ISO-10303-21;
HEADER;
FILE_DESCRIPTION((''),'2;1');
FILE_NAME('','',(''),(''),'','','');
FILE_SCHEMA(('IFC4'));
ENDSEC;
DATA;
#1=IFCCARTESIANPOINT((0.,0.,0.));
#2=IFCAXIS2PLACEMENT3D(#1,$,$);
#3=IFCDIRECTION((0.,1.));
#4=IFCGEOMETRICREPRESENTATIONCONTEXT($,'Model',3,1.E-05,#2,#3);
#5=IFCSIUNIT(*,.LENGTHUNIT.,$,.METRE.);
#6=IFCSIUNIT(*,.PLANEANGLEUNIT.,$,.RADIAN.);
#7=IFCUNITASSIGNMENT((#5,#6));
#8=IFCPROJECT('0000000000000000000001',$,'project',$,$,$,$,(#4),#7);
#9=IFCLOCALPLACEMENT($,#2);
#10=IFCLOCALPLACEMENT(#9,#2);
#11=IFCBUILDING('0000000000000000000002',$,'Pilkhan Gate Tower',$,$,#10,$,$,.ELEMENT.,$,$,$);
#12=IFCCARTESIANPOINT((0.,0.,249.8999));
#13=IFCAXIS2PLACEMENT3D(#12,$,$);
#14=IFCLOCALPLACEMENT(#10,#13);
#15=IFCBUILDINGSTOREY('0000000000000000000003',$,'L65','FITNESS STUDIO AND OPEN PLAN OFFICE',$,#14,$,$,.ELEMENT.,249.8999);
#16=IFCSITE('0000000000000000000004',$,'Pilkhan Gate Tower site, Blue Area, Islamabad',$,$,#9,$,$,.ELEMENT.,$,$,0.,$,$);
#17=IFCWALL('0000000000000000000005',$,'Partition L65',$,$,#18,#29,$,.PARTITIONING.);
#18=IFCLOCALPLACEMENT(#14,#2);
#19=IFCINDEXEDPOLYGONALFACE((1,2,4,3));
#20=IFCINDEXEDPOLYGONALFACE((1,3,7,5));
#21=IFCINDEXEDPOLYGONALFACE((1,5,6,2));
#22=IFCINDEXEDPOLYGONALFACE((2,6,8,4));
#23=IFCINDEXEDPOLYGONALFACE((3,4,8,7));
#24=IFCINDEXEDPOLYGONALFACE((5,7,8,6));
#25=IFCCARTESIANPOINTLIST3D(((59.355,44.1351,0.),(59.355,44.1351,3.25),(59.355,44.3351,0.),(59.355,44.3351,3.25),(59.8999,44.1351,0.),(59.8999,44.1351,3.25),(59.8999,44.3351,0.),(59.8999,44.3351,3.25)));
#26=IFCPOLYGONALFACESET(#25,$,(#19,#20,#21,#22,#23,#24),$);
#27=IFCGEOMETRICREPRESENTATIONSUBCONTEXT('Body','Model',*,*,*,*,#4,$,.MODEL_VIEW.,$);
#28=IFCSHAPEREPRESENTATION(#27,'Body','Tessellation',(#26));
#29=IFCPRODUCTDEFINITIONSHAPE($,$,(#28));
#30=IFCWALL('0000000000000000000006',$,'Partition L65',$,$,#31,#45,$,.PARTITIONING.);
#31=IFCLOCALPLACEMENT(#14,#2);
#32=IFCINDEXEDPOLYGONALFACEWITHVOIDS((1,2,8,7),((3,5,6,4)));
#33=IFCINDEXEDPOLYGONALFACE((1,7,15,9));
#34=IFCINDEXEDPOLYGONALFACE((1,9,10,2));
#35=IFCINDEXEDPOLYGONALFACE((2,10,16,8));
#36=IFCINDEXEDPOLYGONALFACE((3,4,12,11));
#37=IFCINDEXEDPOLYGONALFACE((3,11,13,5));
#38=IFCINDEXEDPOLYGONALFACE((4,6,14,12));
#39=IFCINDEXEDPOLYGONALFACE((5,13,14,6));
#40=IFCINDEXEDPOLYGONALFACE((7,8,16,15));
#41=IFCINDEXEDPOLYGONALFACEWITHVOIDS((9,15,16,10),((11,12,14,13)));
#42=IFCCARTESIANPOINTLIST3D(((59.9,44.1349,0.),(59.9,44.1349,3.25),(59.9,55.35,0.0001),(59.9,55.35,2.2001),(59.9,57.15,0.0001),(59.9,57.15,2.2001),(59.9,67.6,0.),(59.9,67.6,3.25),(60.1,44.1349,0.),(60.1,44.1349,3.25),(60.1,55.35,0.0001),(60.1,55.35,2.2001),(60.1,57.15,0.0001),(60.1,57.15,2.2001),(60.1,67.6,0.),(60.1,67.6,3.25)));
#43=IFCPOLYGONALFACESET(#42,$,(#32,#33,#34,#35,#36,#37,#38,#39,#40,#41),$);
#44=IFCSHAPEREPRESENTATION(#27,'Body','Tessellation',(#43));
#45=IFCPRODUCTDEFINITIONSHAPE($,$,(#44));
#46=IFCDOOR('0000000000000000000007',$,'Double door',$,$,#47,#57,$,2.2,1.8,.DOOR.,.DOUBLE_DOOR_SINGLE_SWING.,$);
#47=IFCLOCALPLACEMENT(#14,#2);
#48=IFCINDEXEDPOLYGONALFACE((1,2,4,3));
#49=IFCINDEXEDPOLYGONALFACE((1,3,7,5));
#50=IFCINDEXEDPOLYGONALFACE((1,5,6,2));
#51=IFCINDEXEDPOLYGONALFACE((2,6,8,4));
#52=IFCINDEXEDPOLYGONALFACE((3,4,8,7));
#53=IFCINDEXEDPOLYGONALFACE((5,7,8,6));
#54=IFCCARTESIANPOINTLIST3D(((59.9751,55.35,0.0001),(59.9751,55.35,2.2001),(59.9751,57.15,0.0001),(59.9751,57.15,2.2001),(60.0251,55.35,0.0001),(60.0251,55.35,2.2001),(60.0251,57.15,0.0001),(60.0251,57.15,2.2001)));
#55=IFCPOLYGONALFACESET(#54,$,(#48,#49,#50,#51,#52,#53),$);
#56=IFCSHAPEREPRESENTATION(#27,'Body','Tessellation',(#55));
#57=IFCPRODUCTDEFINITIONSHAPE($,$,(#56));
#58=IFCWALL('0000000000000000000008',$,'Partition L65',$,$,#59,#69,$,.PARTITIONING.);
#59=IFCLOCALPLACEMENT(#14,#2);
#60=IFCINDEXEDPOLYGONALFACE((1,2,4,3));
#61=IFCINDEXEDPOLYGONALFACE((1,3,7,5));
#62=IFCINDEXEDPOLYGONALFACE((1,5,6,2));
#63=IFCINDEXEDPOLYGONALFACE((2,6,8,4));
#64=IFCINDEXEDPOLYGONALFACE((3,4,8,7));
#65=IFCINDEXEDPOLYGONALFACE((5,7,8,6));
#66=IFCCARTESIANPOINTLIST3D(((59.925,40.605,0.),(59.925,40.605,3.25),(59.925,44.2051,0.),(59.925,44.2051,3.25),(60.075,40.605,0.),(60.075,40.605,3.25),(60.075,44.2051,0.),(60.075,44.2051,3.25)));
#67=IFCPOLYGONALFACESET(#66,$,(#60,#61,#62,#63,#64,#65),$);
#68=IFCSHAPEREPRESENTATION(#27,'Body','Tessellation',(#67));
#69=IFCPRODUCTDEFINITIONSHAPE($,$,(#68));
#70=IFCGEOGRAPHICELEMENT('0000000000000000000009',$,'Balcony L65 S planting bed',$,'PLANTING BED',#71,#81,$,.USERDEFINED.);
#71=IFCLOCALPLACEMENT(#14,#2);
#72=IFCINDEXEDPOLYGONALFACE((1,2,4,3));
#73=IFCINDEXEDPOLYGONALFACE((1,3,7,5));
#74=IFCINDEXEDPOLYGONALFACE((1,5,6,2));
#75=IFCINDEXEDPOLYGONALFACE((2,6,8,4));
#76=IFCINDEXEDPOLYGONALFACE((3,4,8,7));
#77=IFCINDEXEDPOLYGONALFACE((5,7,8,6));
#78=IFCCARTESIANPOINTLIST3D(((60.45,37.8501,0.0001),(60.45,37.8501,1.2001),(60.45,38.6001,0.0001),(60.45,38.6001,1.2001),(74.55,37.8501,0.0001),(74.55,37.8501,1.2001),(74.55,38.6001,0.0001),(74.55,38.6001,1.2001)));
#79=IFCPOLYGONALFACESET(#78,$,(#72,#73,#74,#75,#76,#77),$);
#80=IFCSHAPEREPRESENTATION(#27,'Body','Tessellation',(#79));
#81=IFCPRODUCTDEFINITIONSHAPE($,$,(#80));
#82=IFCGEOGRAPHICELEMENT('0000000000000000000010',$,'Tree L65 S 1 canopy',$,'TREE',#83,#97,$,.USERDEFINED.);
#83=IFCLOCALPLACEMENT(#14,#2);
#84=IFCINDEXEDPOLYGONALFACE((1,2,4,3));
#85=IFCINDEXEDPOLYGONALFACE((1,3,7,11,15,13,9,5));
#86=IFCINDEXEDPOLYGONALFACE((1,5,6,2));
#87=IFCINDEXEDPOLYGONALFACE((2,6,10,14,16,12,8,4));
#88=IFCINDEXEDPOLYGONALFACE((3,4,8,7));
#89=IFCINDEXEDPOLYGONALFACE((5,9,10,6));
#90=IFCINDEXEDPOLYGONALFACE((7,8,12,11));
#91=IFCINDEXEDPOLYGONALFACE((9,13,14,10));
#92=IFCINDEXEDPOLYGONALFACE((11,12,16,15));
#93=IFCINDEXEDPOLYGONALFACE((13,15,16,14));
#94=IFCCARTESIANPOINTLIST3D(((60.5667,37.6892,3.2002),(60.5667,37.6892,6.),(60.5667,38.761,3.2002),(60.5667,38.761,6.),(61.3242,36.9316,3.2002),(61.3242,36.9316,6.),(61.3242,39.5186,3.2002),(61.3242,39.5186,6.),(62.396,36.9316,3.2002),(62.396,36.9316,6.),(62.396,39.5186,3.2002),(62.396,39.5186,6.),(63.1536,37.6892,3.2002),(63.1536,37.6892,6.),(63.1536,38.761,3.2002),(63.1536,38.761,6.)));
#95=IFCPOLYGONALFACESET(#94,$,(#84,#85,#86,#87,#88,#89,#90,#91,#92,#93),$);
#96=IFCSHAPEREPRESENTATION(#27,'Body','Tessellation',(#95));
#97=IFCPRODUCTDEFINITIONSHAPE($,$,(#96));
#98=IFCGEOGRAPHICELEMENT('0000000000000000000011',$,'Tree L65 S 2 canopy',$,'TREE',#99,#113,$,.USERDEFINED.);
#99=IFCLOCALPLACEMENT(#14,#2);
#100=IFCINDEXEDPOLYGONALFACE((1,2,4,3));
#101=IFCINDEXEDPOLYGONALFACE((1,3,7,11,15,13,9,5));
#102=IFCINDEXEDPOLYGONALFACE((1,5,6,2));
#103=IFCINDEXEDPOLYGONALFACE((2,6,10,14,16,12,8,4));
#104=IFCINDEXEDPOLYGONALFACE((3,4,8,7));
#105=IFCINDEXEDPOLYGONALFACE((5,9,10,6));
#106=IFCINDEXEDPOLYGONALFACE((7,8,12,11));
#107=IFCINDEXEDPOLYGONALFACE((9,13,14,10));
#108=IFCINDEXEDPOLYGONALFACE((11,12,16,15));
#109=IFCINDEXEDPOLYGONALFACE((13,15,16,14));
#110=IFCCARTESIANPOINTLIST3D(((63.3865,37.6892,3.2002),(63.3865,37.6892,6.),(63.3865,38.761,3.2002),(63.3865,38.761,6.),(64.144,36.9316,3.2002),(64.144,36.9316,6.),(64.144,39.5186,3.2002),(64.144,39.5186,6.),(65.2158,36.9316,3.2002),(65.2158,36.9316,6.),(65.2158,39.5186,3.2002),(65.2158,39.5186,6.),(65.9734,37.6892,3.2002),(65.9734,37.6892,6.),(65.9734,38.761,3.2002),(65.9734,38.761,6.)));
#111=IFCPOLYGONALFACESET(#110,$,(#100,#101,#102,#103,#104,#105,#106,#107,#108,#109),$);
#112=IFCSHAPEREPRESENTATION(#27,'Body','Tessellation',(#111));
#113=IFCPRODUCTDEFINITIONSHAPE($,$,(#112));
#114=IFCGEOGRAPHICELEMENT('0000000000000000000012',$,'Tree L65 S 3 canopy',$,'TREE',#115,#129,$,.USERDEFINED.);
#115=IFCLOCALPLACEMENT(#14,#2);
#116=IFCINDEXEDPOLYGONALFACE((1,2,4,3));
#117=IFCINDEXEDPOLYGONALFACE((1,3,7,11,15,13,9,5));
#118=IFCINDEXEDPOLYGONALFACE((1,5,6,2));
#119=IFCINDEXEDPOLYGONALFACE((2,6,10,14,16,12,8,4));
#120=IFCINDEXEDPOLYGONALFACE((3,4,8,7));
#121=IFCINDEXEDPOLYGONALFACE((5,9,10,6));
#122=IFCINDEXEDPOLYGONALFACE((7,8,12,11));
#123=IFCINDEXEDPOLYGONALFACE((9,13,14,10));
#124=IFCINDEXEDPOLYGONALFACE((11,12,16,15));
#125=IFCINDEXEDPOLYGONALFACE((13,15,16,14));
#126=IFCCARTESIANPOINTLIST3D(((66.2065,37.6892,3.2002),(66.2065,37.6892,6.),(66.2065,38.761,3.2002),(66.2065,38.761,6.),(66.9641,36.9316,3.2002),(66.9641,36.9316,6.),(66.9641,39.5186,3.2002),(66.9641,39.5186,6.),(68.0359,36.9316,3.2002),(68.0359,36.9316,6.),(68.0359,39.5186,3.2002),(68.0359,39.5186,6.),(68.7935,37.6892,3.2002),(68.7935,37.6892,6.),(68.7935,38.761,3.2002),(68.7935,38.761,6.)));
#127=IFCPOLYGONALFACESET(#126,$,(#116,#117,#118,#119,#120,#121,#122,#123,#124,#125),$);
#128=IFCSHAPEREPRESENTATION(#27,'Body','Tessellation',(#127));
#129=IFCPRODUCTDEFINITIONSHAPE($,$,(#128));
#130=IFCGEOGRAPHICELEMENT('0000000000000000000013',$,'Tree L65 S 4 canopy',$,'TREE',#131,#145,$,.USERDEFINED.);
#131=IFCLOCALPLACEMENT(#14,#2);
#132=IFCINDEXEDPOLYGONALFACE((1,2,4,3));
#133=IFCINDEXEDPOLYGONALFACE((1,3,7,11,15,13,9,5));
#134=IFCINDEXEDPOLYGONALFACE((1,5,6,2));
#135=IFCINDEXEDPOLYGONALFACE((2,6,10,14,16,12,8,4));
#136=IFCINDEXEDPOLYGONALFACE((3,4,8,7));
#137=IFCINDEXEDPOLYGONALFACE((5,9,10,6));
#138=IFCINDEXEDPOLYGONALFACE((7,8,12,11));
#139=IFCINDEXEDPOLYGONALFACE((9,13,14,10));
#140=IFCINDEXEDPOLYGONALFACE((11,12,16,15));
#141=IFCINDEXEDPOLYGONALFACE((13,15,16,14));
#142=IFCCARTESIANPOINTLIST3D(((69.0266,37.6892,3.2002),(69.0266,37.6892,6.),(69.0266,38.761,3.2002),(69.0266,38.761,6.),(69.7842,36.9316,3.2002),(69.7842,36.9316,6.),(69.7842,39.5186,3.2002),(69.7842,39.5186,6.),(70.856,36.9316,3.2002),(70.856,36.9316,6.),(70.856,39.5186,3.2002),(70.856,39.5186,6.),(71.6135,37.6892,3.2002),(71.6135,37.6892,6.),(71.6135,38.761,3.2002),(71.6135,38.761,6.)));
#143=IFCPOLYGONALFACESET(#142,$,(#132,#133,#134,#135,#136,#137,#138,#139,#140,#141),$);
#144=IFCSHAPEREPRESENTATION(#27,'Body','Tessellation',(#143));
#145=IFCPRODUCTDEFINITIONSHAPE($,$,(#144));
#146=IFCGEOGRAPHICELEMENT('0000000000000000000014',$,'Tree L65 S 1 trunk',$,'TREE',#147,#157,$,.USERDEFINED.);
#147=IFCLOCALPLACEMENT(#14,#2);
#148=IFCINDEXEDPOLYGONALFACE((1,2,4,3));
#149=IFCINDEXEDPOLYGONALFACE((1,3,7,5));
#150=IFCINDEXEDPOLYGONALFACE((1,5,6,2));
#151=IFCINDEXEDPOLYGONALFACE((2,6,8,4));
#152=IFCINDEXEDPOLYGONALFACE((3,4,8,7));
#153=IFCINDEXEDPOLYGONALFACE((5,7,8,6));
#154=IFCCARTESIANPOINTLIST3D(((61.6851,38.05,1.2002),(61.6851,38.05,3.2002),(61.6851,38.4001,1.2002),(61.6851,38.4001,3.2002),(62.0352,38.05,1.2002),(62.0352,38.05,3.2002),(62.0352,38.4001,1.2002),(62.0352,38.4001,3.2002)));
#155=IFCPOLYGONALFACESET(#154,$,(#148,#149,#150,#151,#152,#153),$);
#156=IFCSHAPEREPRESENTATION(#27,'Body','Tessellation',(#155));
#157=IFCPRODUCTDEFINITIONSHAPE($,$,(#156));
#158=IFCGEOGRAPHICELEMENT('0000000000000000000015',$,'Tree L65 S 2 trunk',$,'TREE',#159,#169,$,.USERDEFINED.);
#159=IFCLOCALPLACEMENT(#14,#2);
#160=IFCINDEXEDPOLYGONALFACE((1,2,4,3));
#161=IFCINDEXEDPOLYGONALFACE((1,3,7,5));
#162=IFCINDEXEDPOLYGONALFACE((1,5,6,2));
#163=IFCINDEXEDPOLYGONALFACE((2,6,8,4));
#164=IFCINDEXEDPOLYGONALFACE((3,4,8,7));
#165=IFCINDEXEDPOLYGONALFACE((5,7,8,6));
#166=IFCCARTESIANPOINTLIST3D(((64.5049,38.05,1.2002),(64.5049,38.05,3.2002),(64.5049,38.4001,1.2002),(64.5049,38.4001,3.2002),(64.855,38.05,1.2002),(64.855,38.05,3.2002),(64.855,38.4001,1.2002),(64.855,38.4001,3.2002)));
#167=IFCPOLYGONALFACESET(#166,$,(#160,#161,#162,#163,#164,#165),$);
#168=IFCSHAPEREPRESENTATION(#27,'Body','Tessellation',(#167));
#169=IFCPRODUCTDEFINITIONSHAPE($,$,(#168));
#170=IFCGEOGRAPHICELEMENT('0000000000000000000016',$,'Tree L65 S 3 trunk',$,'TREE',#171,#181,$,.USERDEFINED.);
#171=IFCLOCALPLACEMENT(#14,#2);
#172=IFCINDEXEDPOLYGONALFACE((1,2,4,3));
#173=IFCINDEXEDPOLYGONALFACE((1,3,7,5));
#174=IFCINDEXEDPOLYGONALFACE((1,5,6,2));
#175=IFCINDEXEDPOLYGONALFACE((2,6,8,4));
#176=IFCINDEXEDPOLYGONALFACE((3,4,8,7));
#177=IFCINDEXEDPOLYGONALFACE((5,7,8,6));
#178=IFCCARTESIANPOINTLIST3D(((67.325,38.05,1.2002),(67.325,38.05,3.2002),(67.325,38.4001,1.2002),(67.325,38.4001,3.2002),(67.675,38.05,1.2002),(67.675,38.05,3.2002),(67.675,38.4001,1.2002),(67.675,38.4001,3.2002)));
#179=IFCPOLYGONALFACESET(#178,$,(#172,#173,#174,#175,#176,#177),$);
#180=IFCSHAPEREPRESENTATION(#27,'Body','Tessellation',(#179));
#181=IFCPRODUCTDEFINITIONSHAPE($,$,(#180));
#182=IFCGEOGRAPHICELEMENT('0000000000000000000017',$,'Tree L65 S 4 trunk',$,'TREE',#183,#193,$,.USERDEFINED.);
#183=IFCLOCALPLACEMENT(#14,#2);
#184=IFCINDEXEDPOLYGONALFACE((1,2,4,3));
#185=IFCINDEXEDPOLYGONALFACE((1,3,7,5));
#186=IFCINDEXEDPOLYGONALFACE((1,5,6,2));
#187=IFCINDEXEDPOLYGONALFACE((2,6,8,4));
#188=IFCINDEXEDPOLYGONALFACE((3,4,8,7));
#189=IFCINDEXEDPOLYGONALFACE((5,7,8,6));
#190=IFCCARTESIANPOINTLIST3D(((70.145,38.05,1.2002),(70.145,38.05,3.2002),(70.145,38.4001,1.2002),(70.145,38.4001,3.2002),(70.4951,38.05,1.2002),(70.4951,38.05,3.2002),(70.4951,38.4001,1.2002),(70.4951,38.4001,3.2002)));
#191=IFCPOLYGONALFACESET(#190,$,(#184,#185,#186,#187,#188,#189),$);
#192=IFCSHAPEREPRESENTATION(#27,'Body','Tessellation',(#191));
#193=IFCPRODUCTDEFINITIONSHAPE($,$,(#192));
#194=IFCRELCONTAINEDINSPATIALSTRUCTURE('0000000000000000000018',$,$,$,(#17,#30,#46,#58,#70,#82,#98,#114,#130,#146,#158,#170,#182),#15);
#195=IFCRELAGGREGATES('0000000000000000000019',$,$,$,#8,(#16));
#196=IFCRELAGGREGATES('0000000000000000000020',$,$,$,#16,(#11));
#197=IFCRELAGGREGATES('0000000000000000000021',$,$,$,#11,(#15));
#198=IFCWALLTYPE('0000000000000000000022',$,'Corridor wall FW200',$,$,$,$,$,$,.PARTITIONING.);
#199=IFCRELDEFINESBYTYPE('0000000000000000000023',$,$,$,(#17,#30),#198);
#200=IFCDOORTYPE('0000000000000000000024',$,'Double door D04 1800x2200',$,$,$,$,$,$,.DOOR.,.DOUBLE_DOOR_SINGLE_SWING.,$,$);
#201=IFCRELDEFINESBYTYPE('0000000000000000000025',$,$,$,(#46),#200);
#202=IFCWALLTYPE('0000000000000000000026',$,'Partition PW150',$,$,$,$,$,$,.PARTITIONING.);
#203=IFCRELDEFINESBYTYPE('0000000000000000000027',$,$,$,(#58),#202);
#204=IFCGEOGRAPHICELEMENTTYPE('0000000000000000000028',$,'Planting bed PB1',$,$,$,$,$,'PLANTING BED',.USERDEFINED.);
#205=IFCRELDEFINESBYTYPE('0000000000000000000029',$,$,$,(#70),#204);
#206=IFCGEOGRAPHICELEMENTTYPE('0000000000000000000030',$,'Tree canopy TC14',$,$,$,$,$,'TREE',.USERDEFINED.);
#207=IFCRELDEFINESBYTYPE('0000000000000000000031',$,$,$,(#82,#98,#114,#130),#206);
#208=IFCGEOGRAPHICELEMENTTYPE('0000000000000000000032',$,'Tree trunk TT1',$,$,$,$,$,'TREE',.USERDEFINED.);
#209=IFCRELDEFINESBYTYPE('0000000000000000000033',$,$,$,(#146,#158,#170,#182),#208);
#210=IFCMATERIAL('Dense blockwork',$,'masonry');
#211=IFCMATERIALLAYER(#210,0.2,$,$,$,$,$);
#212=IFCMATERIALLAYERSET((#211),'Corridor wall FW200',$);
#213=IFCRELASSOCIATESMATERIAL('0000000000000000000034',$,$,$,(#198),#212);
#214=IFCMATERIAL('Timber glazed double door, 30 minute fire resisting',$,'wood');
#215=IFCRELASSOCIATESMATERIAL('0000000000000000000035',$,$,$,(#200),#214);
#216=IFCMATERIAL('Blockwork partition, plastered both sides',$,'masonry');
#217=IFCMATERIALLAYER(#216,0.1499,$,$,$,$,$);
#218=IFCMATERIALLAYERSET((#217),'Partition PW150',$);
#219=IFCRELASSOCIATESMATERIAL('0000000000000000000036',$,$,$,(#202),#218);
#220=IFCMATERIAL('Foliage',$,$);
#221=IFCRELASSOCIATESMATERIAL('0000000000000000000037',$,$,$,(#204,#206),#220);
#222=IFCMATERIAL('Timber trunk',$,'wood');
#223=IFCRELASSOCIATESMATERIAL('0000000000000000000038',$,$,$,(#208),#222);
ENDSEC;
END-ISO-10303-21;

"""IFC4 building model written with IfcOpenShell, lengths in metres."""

from ifc_helpers import new_model, si_unit, direction, frame, frame_2d, origin, origin_2d, place, context, subcontext, project, spatial, polyline, rectangle, outline, extrude, material, layer, layer_set, material_profile, profile_set, type_object, element, fill, save


model = new_model("IFC4")

# Units and contexts
model_context = context("Model", 3, precision=1e-05, world=origin(), true_north=direction((0.0, 1.0)))
body_context = subcontext(model_context, "Body", "Model", "MODEL_VIEW")
ifc_project = project(units=[si_unit("LENGTHUNIT", "METRE"), si_unit("PLANEANGLEUNIT", "RADIAN")], contexts=[model_context])

# Site, building, storey
site_placement = place(None, origin())
site = spatial("IfcSite", under=ifc_project, at=site_placement, Name="Pilkhan Gate Tower site, Blue Area, Islamabad", CompositionType="ELEMENT", RefElevation=0.0)
building_placement = place(site_placement, origin())
building = spatial("IfcBuilding", under=site, at=building_placement, Name="Pilkhan Gate Tower", CompositionType="ELEMENT")
storey_placement = place(building_placement, frame((0.0, 0.0, 249.8999)))
storey = spatial("IfcBuildingStorey", under=building, at=storey_placement, Name="L65", Description="FITNESS STUDIO AND OPEN PLAN OFFICE", CompositionType="ELEMENT", Elevation=249.8999)

# Wall
ifc_material_1 = material(Name="Dense blockwork", Category="masonry")
ifc_layer_1 = layer(ifc_material_1, 0.2)
ifc_layer_set_1 = layer_set([ifc_layer_1], Name="Corridor wall FW200")
wall_type_1 = type_object("IfcWallType", Name="Corridor wall FW200", PredefinedType="PARTITIONING", material=ifc_layer_set_1)
wall_1_placement = place(storey_placement, frame((59.355, 44.2351, 0.0), z_axis=(0.0, 0.0, 1.0), x_axis=(1.0, 0.0, 0.0)))
element("IfcWall", 1, at=wall_1_placement, inside=storey, type_object=wall_type_1, Name="Partition L65", PredefinedType="PARTITIONING", context=body_context, shape_type="SweptSolid", body=[
    extrude(rectangle(XDim=0.5449, YDim=0.2, at=frame_2d((0.2725, 0.0))), origin(), (0.0, 0.0, 1.0), 3.25),
])

# Wall, opening, door
wall_2_placement = place(storey_placement, frame((60.0, 44.135, 0.0), z_axis=(0.0, 0.0, 1.0), x_axis=(0.0, 1.0, 0.0)))
wall_2 = element("IfcWall", 2, at=wall_2_placement, inside=storey, type_object=wall_type_1, Name="Partition L65", PredefinedType="PARTITIONING", context=body_context, shape_type="SweptSolid", body=[
    extrude(rectangle(XDim=23.4651, YDim=0.2, at=frame_2d((11.7324, 0.0))), origin(), (0.0, 0.0, 1.0), 3.25),
])
opening_1_placement = place(wall_2_placement, frame((11.2151, 0.0, 0.0)))
opening_1 = element("IfcOpeningElement", 3, at=opening_1_placement, cuts=wall_2, PredefinedType="OPENING", context=body_context, shape_type="SweptSolid", body=[
    extrude(rectangle(XDim=1.8, YDim=2.2, at=frame_2d((0.8999, 1.1001))), frame((0.0, 0.1099, 0.0), z_axis=(0.0, -1.0, 0.0), x_axis=(1.0, 0.0, 0.0)), (0.0, 0.0, 1.0), 0.22),
])
ifc_material_2 = material(Name="Timber glazed double door, 30 minute fire resisting", Category="wood")
door_type_1 = type_object("IfcDoorType", Name="Double door D04 1800x2200", OperationType="DOUBLE_DOOR_SINGLE_SWING", PredefinedType="DOOR", material=ifc_material_2)
door_1_placement = place(opening_1_placement, origin())
door_1 = element("IfcDoor", 4, at=door_1_placement, inside=storey, type_object=door_type_1, Name="Double door", OperationType="DOUBLE_DOOR_SINGLE_SWING", OverallHeight=2.2, OverallWidth=1.8, PredefinedType="DOOR", context=body_context, shape_type="SweptSolid", body=[
    extrude(rectangle(XDim=1.8, YDim=2.2, at=frame_2d((0.8999, 1.1001))), frame((0.0, 0.0249, 0.0), z_axis=(0.0, -1.0, 0.0), x_axis=(1.0, 0.0, 0.0)), (0.0, 0.0, 1.0), 0.05),
])
fill(opening_1, door_1)

# Wall
ifc_material_3 = material(Name="Blockwork partition, plastered both sides", Category="masonry")
ifc_layer_2 = layer(ifc_material_3, 0.1499)
ifc_layer_set_2 = layer_set([ifc_layer_2], Name="Partition PW150")
wall_type_2 = type_object("IfcWallType", Name="Partition PW150", PredefinedType="PARTITIONING", material=ifc_layer_set_2)
wall_3_placement = place(storey_placement, frame((60.0, 40.605, 0.0), z_axis=(0.0, 0.0, 1.0), x_axis=(0.0, 1.0, 0.0)))
element("IfcWall", 5, at=wall_3_placement, inside=storey, type_object=wall_type_2, Name="Partition L65", PredefinedType="PARTITIONING", context=body_context, shape_type="SweptSolid", body=[
    extrude(rectangle(XDim=3.6001, YDim=0.1499, at=frame_2d((1.8, 0.0))), origin(), (0.0, 0.0, 1.0), 3.25),
])

# Geographic elements
ifc_material_4 = material(Name="Foliage")
ifc_material_profile_1 = material_profile(ifc_material_4, rectangle(XDim=0.75, YDim=1.2, at=origin_2d()), Name="Bed 750x1200")
ifc_profile_set_1 = profile_set([ifc_material_profile_1], Name="Foliage")
geographic_element_type_1 = type_object("IfcGeographicElementType", Name="Planting bed PB1", ElementType="PLANTING BED", PredefinedType="USERDEFINED", material=ifc_profile_set_1)
geographic_element_placement = place(storey_placement, frame((60.45, 38.2251, 0.6001), z_axis=(1.0, 0.0, 0.0), x_axis=(0.0, 1.0, 0.0)))
element("IfcGeographicElement", 6, at=geographic_element_placement, inside=storey, type_object=geographic_element_type_1, Name="Balcony L65 S planting bed", ObjectType="PLANTING BED", PredefinedType="USERDEFINED", context=body_context, shape_type="SweptSolid", body=[
    extrude(rectangle(XDim=0.75, YDim=1.2, at=origin_2d()), origin(), (0.0, 0.0, 1.0), 14.1001),
])
ifc_material_profile_2 = material_profile(ifc_material_4, outline(polyline([(1.2935, 0.5359), (0.5359, 1.2935), (-0.5359, 1.2935), (-1.2935, 0.5359), (-1.2935, -0.5359), (-0.5359, -1.2935), (0.5359, -1.2935), (1.2935, -0.5359), (1.2935, 0.5359)])), Name="Canopy D2.8")
ifc_profile_set_2 = profile_set([ifc_material_profile_2], Name="Foliage")
geographic_element_type_2 = type_object("IfcGeographicElementType", Name="Tree canopy TC14", ElementType="TREE", PredefinedType="USERDEFINED", material=ifc_profile_set_2)
for number, where, z_axis, x_axis, name in (
    (7, (61.8601, 38.2251, 3.2002), (0.0, 0.0, 1.0), (1.0, 0.0, 0.0), "Tree L65 S 1 canopy"),
    (8, (64.6799, 38.2251, 3.2002), (0.0, 0.0, 1.0), (1.0, 0.0, 0.0), "Tree L65 S 2 canopy"),
    (9, (67.5, 38.2251, 3.2002), (0.0, 0.0, 1.0), (1.0, 0.0, 0.0), "Tree L65 S 3 canopy"),
    (10, (70.3201, 38.2251, 3.2002), (0.0, 0.0, 1.0), (1.0, 0.0, 0.0), "Tree L65 S 4 canopy"),
):
    element("IfcGeographicElement", number, at=place(storey_placement, frame(where, z_axis=z_axis, x_axis=x_axis)), inside=storey, type_object=geographic_element_type_2, Name=name, ObjectType="TREE", PredefinedType="USERDEFINED", context=body_context, shape_type="SweptSolid", body=[
        extrude(outline(polyline([(1.2935, 0.5359), (0.5359, 1.2935), (-0.5359, 1.2935), (-1.2935, 0.5359), (-1.2935, -0.5359), (-0.5359, -1.2935), (0.5359, -1.2935), (1.2935, -0.5359), (1.2935, 0.5359)])), origin(), (0.0, 0.0, 1.0), 2.7998),
    ])
ifc_material_5 = material(Name="Timber trunk", Category="wood")
geographic_element_type_3 = type_object("IfcGeographicElementType", Name="Tree trunk TT1", ElementType="TREE", PredefinedType="USERDEFINED", material=ifc_material_5)
for number, where, z_axis, x_axis, name in (
    (11, (61.8601, 38.2251, 1.2002), (0.0, 0.0, 1.0), (1.0, 0.0, 0.0), "Tree L65 S 1 trunk"),
    (12, (64.6799, 38.2251, 1.2002), (0.0, 0.0, 1.0), (1.0, 0.0, 0.0), "Tree L65 S 2 trunk"),
    (13, (67.5, 38.2251, 1.2002), (0.0, 0.0, 1.0), (1.0, 0.0, 0.0), "Tree L65 S 3 trunk"),
    (14, (70.3201, 38.2251, 1.2002), (0.0, 0.0, 1.0), (1.0, 0.0, 0.0), "Tree L65 S 4 trunk"),
):
    element("IfcGeographicElement", number, at=place(storey_placement, frame(where, z_axis=z_axis, x_axis=x_axis)), inside=storey, type_object=geographic_element_type_3, Name=name, ObjectType="TREE", PredefinedType="USERDEFINED", context=body_context, shape_type="SweptSolid", body=[
        extrude(rectangle(XDim=0.3501, YDim=0.3501, at=origin_2d()), origin(), (0.0, 0.0, 1.0), 2.0),
    ])

save(model, "model.ifc")
